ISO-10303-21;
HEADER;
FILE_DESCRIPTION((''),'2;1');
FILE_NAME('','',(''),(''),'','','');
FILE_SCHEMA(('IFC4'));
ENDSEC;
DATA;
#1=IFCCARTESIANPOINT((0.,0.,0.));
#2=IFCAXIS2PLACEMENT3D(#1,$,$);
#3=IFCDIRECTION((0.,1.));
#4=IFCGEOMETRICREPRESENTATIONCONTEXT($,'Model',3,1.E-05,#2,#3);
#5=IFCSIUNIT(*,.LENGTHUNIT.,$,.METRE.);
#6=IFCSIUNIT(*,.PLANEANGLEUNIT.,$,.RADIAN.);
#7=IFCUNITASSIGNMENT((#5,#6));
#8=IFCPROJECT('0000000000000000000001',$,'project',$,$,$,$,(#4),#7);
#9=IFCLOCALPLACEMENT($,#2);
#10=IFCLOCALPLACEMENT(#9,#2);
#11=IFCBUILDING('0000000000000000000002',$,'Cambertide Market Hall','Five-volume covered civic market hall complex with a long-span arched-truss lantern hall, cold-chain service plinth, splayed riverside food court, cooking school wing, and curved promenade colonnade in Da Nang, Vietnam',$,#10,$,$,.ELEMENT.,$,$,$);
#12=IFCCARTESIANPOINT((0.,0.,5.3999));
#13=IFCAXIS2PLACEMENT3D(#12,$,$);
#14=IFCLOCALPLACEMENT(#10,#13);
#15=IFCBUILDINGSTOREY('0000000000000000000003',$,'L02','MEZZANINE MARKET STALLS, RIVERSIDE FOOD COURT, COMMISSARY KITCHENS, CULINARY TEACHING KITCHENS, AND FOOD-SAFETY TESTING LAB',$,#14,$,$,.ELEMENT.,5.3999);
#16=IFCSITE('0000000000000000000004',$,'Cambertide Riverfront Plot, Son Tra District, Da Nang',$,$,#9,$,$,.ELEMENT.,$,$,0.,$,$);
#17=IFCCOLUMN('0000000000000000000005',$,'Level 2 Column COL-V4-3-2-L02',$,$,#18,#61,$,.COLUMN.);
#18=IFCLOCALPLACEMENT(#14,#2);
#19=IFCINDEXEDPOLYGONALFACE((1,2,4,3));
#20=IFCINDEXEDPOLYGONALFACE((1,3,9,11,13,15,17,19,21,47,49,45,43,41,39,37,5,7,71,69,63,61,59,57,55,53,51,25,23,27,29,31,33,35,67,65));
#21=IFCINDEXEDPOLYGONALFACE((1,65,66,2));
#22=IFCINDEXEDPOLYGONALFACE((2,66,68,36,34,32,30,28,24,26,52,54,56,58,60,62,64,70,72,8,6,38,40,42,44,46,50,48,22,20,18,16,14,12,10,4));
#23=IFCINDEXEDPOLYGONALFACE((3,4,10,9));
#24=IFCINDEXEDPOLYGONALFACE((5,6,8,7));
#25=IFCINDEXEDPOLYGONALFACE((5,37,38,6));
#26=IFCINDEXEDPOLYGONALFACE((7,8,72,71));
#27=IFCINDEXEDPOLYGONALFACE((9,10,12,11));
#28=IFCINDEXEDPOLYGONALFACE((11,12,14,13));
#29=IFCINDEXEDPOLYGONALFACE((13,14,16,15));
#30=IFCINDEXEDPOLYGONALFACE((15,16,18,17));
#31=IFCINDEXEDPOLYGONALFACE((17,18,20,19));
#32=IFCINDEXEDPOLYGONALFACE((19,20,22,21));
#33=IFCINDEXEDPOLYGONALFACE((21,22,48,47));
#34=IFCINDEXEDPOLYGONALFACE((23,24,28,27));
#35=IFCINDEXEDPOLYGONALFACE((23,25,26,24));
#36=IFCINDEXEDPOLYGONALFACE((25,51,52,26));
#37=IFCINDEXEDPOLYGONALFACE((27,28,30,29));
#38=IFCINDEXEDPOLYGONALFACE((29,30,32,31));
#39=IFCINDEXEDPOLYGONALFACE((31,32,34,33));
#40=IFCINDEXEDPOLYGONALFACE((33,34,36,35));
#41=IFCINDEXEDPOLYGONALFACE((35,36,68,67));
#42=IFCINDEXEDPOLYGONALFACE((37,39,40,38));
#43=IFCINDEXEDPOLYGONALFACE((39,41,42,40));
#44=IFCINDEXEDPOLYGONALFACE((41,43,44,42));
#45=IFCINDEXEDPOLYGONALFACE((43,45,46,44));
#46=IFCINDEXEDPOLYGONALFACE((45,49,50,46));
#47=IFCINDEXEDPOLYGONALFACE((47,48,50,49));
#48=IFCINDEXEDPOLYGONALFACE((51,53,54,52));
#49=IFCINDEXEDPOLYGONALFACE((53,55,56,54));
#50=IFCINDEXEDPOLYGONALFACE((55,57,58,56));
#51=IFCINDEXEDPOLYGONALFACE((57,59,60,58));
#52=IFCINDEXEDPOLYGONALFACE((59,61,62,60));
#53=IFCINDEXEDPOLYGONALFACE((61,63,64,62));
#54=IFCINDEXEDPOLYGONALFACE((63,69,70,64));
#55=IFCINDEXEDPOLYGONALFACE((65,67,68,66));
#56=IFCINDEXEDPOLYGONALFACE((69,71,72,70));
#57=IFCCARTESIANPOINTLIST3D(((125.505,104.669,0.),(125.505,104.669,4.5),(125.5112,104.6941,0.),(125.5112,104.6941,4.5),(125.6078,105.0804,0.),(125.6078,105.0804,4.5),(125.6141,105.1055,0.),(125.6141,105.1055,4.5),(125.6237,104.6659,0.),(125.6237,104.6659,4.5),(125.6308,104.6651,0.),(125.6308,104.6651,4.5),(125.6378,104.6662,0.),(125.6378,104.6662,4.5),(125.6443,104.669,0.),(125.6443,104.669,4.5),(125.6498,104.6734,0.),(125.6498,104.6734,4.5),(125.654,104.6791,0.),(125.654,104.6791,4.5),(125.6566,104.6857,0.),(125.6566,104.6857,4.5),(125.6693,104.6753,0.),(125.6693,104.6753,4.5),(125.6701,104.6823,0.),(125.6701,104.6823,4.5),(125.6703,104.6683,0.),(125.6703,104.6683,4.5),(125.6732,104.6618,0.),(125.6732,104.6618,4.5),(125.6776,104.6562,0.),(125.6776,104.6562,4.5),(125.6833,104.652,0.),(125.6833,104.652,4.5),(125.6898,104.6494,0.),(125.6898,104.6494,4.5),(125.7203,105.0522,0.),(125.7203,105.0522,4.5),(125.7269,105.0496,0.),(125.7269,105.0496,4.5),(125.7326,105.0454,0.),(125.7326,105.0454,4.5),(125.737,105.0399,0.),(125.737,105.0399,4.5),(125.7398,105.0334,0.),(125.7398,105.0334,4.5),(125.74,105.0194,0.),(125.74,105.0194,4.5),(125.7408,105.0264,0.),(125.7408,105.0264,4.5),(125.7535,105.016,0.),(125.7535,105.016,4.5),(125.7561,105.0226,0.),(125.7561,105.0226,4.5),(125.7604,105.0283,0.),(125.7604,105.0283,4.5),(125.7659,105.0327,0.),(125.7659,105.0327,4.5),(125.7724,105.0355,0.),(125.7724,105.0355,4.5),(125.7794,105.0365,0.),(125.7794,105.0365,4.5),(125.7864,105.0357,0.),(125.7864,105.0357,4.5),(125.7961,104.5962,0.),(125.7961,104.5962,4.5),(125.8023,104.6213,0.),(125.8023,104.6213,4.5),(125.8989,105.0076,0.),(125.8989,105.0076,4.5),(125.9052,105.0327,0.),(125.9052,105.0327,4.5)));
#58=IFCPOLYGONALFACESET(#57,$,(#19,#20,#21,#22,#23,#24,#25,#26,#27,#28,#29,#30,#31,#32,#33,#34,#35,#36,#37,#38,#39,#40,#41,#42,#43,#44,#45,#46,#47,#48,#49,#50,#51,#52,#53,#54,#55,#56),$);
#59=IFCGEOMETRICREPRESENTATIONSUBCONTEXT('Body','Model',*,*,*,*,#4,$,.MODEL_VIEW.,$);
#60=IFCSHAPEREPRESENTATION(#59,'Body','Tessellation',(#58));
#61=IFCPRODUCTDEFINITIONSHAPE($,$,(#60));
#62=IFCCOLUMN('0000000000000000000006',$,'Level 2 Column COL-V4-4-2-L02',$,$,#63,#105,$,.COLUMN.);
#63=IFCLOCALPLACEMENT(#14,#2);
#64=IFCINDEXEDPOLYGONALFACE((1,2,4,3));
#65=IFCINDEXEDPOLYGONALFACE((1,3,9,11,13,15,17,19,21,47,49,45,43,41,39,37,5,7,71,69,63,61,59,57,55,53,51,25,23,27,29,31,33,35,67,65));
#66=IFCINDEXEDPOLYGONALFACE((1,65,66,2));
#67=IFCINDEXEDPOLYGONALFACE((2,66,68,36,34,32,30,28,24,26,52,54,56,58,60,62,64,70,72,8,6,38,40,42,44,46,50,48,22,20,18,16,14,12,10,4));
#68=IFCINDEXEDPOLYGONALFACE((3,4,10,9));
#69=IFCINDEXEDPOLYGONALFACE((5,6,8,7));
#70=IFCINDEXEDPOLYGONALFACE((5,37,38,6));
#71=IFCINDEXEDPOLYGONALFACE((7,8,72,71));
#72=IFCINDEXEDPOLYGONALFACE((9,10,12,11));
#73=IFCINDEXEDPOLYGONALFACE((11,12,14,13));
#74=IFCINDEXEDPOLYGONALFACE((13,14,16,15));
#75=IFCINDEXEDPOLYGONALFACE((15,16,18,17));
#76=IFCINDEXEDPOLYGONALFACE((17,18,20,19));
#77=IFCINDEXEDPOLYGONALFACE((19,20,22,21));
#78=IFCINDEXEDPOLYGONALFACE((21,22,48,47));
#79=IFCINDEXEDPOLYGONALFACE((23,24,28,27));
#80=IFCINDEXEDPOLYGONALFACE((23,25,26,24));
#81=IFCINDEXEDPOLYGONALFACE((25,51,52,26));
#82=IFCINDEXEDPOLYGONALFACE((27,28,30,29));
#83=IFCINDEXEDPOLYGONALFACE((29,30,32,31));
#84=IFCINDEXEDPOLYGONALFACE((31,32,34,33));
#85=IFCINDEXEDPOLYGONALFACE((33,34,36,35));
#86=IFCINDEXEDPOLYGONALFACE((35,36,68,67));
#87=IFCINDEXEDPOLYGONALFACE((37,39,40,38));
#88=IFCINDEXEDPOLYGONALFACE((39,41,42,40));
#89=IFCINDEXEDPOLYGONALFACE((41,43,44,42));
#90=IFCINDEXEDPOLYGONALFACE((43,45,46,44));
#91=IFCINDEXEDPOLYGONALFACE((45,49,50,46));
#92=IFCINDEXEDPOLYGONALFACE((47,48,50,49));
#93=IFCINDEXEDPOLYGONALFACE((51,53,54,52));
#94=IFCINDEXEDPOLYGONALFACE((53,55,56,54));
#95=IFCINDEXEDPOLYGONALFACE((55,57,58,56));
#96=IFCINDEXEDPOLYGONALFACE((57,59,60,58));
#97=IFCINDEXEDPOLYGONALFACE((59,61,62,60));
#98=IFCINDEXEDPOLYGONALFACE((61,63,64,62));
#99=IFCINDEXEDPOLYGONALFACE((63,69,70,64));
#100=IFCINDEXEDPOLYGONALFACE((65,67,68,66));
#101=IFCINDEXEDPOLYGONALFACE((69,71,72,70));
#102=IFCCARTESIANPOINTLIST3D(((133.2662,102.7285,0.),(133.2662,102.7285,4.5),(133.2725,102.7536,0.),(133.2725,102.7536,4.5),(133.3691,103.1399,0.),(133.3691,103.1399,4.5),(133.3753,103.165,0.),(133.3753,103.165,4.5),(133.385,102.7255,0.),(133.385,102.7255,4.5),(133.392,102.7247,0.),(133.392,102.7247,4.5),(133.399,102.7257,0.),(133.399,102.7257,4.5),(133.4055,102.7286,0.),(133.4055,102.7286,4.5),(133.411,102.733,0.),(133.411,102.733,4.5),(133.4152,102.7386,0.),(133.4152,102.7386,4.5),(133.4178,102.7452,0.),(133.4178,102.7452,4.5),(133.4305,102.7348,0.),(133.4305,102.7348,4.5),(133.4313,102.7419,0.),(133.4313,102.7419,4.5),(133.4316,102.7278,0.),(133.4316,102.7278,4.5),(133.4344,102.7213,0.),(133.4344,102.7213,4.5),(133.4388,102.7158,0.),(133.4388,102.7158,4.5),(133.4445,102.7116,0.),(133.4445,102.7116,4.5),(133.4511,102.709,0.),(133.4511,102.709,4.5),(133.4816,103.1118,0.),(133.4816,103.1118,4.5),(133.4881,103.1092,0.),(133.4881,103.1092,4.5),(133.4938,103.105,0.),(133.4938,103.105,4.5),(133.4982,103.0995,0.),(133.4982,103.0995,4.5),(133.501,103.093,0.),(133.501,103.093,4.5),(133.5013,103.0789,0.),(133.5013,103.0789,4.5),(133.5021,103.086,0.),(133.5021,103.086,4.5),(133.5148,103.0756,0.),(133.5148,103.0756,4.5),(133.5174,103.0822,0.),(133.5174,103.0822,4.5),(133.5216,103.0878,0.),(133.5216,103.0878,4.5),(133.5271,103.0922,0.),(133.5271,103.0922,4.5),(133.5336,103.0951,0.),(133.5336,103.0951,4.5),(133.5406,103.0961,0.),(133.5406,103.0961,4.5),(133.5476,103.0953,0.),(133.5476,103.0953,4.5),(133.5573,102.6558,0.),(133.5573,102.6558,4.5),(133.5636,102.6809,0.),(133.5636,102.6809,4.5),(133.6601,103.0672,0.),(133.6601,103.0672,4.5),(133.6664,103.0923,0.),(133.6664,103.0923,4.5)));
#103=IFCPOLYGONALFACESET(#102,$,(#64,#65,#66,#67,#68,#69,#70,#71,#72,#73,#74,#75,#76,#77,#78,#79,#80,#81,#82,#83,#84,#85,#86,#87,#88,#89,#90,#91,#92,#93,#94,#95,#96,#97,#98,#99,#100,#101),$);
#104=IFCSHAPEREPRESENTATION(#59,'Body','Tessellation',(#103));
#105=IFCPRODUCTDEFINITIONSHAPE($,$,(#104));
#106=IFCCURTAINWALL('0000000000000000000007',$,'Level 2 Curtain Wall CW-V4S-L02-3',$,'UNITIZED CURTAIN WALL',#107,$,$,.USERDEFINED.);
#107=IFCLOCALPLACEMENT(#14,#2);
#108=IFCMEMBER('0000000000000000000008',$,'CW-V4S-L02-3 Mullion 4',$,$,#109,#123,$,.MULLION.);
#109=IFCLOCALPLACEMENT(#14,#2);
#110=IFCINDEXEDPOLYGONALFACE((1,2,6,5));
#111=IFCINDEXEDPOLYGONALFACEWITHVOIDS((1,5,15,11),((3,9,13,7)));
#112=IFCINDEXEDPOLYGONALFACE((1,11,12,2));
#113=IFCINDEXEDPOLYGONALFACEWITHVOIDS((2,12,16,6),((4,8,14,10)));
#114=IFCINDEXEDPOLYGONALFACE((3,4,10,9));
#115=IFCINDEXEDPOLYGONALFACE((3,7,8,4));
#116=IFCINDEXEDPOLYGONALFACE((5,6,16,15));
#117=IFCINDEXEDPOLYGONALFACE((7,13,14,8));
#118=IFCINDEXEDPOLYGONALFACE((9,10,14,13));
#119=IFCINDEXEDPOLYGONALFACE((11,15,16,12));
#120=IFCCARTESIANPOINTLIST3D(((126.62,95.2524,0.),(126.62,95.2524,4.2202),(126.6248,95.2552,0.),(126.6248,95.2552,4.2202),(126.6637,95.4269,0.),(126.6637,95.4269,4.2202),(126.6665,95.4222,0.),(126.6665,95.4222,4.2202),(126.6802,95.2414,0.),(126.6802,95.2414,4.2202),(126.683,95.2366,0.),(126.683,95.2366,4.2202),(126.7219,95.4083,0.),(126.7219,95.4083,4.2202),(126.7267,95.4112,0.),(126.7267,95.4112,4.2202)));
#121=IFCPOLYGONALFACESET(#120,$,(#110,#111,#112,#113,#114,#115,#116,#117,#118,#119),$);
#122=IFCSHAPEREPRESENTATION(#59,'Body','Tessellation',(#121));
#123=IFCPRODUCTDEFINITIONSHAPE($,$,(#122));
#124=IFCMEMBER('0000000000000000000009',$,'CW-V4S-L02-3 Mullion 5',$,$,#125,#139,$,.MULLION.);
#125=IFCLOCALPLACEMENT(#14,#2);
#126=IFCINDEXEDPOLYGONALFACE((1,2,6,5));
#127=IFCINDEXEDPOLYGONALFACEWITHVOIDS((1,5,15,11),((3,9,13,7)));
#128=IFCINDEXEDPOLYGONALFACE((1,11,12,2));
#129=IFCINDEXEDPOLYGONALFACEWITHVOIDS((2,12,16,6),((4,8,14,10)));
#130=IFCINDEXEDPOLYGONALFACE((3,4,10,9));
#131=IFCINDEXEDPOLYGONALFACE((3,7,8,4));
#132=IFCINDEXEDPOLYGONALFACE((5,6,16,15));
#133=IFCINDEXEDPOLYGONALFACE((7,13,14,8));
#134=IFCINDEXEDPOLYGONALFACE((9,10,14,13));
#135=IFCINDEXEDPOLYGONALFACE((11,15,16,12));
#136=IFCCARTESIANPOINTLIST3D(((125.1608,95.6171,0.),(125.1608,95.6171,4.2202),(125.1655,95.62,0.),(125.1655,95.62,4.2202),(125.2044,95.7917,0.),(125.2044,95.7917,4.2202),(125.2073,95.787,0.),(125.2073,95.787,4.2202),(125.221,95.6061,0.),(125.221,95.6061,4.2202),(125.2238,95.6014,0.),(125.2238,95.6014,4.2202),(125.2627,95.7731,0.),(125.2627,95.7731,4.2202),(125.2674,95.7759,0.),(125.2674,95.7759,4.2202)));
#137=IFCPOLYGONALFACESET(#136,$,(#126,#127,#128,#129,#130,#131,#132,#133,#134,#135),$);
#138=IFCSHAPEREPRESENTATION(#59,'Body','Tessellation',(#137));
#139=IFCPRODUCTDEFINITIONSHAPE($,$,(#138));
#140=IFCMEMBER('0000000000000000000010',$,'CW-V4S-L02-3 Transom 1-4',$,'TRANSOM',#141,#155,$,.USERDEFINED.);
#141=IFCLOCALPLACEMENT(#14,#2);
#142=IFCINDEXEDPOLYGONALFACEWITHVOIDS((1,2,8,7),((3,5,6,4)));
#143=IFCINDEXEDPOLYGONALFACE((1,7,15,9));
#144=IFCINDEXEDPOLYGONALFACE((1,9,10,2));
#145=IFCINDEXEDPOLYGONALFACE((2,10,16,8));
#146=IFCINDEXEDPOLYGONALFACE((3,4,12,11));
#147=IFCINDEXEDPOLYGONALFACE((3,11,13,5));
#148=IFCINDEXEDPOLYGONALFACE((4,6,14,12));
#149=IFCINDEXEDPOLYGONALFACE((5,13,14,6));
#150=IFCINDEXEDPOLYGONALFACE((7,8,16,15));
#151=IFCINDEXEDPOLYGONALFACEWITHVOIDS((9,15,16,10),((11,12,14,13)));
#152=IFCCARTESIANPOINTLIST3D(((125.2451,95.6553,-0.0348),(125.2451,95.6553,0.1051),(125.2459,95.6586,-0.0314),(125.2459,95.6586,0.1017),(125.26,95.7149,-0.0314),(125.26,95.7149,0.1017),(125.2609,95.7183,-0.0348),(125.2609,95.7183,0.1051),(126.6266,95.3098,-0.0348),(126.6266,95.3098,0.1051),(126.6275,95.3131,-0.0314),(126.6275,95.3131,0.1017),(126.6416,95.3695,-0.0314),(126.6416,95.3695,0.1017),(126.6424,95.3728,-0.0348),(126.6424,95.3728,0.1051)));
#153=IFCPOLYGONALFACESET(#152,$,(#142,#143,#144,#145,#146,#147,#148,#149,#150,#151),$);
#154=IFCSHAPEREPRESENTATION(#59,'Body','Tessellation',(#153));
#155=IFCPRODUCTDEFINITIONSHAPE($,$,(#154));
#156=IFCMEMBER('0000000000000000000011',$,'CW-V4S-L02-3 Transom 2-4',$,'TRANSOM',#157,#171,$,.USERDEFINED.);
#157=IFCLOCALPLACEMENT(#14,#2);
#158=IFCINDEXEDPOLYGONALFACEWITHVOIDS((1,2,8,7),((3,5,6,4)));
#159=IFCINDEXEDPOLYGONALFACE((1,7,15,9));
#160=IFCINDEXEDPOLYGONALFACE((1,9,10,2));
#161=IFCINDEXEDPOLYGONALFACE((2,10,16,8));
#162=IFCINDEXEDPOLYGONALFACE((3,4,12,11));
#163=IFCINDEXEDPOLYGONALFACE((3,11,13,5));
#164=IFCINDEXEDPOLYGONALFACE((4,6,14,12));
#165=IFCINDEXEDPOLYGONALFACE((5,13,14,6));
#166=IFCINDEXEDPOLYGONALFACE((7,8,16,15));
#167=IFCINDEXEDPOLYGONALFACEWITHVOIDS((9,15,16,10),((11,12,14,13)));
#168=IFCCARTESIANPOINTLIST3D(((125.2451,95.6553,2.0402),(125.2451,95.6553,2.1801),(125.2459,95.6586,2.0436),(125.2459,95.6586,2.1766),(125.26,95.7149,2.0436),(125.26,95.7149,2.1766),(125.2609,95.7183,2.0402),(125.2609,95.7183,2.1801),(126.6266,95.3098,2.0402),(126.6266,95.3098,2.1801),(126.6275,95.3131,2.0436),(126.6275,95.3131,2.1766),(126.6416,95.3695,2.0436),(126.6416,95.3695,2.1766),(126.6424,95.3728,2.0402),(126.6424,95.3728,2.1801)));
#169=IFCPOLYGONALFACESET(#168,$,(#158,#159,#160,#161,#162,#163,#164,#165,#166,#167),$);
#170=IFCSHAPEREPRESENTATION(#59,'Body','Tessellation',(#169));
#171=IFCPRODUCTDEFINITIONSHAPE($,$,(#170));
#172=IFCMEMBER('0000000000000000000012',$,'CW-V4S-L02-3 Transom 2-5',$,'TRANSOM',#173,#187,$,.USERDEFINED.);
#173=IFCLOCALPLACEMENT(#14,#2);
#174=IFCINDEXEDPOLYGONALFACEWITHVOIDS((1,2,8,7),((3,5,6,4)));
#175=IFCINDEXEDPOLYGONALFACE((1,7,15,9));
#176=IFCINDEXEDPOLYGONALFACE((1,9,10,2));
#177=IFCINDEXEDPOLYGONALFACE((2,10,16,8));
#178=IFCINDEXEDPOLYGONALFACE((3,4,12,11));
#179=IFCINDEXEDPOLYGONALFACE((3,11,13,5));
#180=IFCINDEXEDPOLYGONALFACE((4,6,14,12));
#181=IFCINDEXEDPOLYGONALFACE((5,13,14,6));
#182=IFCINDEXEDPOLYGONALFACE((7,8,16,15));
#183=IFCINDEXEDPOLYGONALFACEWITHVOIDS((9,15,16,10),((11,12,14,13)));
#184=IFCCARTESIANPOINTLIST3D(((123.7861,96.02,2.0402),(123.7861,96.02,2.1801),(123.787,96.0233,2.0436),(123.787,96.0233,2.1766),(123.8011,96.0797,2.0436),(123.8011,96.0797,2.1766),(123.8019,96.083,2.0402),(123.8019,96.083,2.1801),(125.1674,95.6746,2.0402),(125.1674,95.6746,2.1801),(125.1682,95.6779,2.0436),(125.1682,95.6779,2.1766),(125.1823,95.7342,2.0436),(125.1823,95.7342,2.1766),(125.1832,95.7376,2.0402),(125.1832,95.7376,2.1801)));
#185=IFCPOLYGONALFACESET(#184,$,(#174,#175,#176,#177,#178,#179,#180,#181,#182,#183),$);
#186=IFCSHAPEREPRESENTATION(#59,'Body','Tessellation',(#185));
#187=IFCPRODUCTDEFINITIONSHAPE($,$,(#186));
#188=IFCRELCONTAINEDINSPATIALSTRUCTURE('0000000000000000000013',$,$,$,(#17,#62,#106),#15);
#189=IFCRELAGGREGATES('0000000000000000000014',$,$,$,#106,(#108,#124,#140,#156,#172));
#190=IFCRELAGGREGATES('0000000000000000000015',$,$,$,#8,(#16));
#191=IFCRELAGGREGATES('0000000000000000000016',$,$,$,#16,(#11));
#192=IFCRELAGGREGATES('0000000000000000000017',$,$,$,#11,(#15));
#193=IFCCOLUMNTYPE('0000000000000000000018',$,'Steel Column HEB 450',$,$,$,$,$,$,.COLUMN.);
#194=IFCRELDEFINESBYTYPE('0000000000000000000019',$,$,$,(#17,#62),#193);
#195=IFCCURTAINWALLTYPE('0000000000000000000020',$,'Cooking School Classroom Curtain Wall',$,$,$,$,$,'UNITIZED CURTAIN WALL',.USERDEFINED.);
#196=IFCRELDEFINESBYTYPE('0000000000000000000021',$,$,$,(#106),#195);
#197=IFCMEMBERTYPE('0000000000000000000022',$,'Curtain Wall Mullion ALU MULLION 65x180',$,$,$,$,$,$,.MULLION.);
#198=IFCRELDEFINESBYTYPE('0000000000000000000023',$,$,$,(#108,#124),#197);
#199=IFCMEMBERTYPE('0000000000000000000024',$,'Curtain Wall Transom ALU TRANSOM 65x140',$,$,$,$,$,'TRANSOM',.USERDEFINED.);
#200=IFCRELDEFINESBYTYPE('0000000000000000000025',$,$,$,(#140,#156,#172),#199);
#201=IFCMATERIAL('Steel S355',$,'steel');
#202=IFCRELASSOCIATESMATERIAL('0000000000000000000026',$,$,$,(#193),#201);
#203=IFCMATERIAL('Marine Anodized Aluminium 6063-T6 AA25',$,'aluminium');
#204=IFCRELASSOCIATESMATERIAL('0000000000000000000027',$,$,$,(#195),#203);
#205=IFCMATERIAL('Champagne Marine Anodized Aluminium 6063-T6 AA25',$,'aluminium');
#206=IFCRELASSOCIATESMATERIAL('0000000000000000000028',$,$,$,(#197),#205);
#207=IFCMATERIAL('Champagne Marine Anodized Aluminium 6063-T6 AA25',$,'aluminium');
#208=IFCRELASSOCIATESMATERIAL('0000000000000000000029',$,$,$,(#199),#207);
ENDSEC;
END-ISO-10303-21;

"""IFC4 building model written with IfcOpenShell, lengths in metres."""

from ifc_helpers import new_model, si_unit, direction, frame, origin, origin_2d, place, context, subcontext, project, spatial, hollow_rectangle, i_section, extrude, material, material_profile, profile_set, type_object, element, aggregate, save


model = new_model("IFC4")

# Units and contexts
model_context = context("Model", 3, precision=1e-05, world=origin(), true_north=direction((0.0, 1.0)))
body_context = subcontext(model_context, "Body", "Model", "MODEL_VIEW")
ifc_project = project(units=[si_unit("LENGTHUNIT", "METRE"), si_unit("PLANEANGLEUNIT", "RADIAN")], contexts=[model_context])

# Site, building, storey
site_placement = place(None, origin())
site = spatial("IfcSite", under=ifc_project, at=site_placement, Name="Cambertide Riverfront Plot, Son Tra District, Da Nang", CompositionType="ELEMENT", RefElevation=0.0)
building_placement = place(site_placement, origin())
building = spatial("IfcBuilding", under=site, at=building_placement, Name="Cambertide Market Hall", Description="Five-volume covered civic market hall complex with a long-span arched-truss lantern hall, cold-chain service plinth, splayed riverside food court, cooking school wing, and curved promenade colonnade in Da Nang, Vietnam", CompositionType="ELEMENT")
storey_placement = place(building_placement, frame((0.0, 0.0, 5.3999)))
storey = spatial("IfcBuildingStorey", under=building, at=storey_placement, Name="L02", Description="MEZZANINE MARKET STALLS, RIVERSIDE FOOD COURT, COMMISSARY KITCHENS, CULINARY TEACHING KITCHENS, AND FOOD-SAFETY TESTING LAB", CompositionType="ELEMENT", Elevation=5.3999)

# Columns
ifc_material_1 = material(Name="Steel S355", Category="steel")
ifc_material_profile_1 = material_profile(ifc_material_1, i_section(OverallWidth=0.3, OverallDepth=0.45, WebThickness=0.0139, FlangeThickness=0.0259, FilletRadius=0.0271, at=origin_2d()), Name="HEB 450")
ifc_profile_set_1 = profile_set([ifc_material_profile_1], Name="Steel S355")
column_type = type_object("IfcColumnType", Name="Steel Column HEB 450", PredefinedType="COLUMN", material=ifc_profile_set_1)
for number, where, z_axis, x_axis, name in (
    (1, (125.7051, 104.8508, 0.0), (0.0, 0.0, 1.0), (0.970143, -0.242536, 0.0), "Level 2 Column COL-V4-3-2-L02"),
    (2, (133.4663, 102.9104, 0.0), (0.0, 0.0, 1.0), (0.970143, -0.242536, 0.0), "Level 2 Column COL-V4-4-2-L02"),
):
    element("IfcColumn", number, at=place(storey_placement, frame(where, z_axis=z_axis, x_axis=x_axis)), inside=storey, type_object=column_type, Name=name, PredefinedType="COLUMN", context=body_context, shape_type="SweptSolid", body=[
        extrude(i_section(OverallWidth=0.3, OverallDepth=0.45, WebThickness=0.0139, FlangeThickness=0.0259, FilletRadius=0.0271, at=origin_2d()), origin(), (0.0, 0.0, 1.0), 4.5),
    ])

# Curtain wall, members
ifc_material_2 = material(Name="Marine Anodized Aluminium 6063-T6 AA25", Category="aluminium")
curtain_wall_type = type_object("IfcCurtainWallType", Name="Cooking School Classroom Curtain Wall", ElementType="UNITIZED CURTAIN WALL", PredefinedType="USERDEFINED", material=ifc_material_2)
curtain_wall_placement = place(storey_placement, origin())
curtain_wall = element("IfcCurtainWall", 3, at=curtain_wall_placement, inside=storey, type_object=curtain_wall_type, Name="Level 2 Curtain Wall CW-V4S-L02-3", ObjectType="UNITIZED CURTAIN WALL", PredefinedType="USERDEFINED")
ifc_material_3 = material(Name="Champagne Marine Anodized Aluminium 6063-T6 AA25", Category="aluminium")
ifc_material_profile_2 = material_profile(ifc_material_3, hollow_rectangle(XDim=0.0649, YDim=0.1799, WallThickness=0.0039, at=origin_2d()), Name="ALU MULLION 65x180")
ifc_profile_set_2 = profile_set([ifc_material_profile_2], Name="Champagne Marine Anodized Aluminium 6063-T6 AA25")
member_type_1 = type_object("IfcMemberType", Name="Curtain Wall Mullion ALU MULLION 65x180", PredefinedType="MULLION", material=ifc_profile_set_2)
member_1_placement = place(storey_placement, frame((126.6733, 95.3318, 0.0), z_axis=(0.0, 0.0, 1.0), x_axis=(-0.970143, 0.242535, 0.0)))
member_1 = element("IfcMember", 4, at=member_1_placement, type_object=member_type_1, Name="CW-V4S-L02-3 Mullion 4", PredefinedType="MULLION", context=body_context, shape_type="SweptSolid", body=[
    extrude(hollow_rectangle(XDim=0.0649, YDim=0.1799, WallThickness=0.0039, at=origin_2d()), origin(), (0.0, 0.0, 1.0), 4.2202),
])
member_2_placement = place(storey_placement, frame((125.2141, 95.6965, 0.0), z_axis=(0.0, 0.0, 1.0), x_axis=(-0.970143, 0.242535, 0.0)))
member_2 = element("IfcMember", 5, at=member_2_placement, type_object=member_type_1, Name="CW-V4S-L02-3 Mullion 5", PredefinedType="MULLION", context=body_context, shape_type="SweptSolid", body=[
    extrude(hollow_rectangle(XDim=0.0649, YDim=0.1799, WallThickness=0.0039, at=origin_2d()), origin(), (0.0, 0.0, 1.0), 4.2202),
])
ifc_material_4 = material(Name="Champagne Marine Anodized Aluminium 6063-T6 AA25", Category="aluminium")
ifc_material_profile_3 = material_profile(ifc_material_4, hollow_rectangle(XDim=0.0649, YDim=0.1399, WallThickness=0.0034, at=origin_2d()), Name="ALU TRANSOM 65x140")
ifc_profile_set_3 = profile_set([ifc_material_profile_3], Name="Champagne Marine Anodized Aluminium 6063-T6 AA25")
member_type_2 = type_object("IfcMemberType", Name="Curtain Wall Transom ALU TRANSOM 65x140", ElementType="TRANSOM", PredefinedType="USERDEFINED", material=ifc_profile_set_3)
member_3_placement = place(storey_placement, frame((126.6345, 95.3413, 0.0352), z_axis=(-0.970132, 0.242576, 0.0), x_axis=(-0.242576, -0.970132, 0.0)))
member_3 = element("IfcMember", 6, at=member_3_placement, type_object=member_type_2, Name="CW-V4S-L02-3 Transom 1-4", ObjectType="TRANSOM", PredefinedType="USERDEFINED", context=body_context, shape_type="SweptSolid", body=[
    extrude(hollow_rectangle(XDim=0.0649, YDim=0.1399, WallThickness=0.0034, at=origin_2d()), origin(), (0.0, 0.0, 1.0), 1.4241),
])
member_4_placement = place(storey_placement, frame((126.6345, 95.3413, 2.1101), z_axis=(-0.970132, 0.242576, 0.0), x_axis=(-0.242576, -0.970132, 0.0)))
member_4 = element("IfcMember", 7, at=member_4_placement, type_object=member_type_2, Name="CW-V4S-L02-3 Transom 2-4", ObjectType="TRANSOM", PredefinedType="USERDEFINED", context=body_context, shape_type="SweptSolid", body=[
    extrude(hollow_rectangle(XDim=0.0649, YDim=0.1399, WallThickness=0.0034, at=origin_2d()), origin(), (0.0, 0.0, 1.0), 1.4241),
])
member_5_placement = place(storey_placement, frame((125.1753, 95.7061, 2.1101), z_axis=(-0.970122, 0.242616, 0.0), x_axis=(-0.242616, -0.970122, 0.0)))
member_5 = element("IfcMember", 8, at=member_5_placement, type_object=member_type_2, Name="CW-V4S-L02-3 Transom 2-5", ObjectType="TRANSOM", PredefinedType="USERDEFINED", context=body_context, shape_type="SweptSolid", body=[
    extrude(hollow_rectangle(XDim=0.0649, YDim=0.1399, WallThickness=0.0034, at=origin_2d()), origin(), (0.0, 0.0, 1.0), 1.4238),
])

aggregate(curtain_wall, [member_1, member_2, member_3, member_4, member_5])

save(model, "model.ifc")
